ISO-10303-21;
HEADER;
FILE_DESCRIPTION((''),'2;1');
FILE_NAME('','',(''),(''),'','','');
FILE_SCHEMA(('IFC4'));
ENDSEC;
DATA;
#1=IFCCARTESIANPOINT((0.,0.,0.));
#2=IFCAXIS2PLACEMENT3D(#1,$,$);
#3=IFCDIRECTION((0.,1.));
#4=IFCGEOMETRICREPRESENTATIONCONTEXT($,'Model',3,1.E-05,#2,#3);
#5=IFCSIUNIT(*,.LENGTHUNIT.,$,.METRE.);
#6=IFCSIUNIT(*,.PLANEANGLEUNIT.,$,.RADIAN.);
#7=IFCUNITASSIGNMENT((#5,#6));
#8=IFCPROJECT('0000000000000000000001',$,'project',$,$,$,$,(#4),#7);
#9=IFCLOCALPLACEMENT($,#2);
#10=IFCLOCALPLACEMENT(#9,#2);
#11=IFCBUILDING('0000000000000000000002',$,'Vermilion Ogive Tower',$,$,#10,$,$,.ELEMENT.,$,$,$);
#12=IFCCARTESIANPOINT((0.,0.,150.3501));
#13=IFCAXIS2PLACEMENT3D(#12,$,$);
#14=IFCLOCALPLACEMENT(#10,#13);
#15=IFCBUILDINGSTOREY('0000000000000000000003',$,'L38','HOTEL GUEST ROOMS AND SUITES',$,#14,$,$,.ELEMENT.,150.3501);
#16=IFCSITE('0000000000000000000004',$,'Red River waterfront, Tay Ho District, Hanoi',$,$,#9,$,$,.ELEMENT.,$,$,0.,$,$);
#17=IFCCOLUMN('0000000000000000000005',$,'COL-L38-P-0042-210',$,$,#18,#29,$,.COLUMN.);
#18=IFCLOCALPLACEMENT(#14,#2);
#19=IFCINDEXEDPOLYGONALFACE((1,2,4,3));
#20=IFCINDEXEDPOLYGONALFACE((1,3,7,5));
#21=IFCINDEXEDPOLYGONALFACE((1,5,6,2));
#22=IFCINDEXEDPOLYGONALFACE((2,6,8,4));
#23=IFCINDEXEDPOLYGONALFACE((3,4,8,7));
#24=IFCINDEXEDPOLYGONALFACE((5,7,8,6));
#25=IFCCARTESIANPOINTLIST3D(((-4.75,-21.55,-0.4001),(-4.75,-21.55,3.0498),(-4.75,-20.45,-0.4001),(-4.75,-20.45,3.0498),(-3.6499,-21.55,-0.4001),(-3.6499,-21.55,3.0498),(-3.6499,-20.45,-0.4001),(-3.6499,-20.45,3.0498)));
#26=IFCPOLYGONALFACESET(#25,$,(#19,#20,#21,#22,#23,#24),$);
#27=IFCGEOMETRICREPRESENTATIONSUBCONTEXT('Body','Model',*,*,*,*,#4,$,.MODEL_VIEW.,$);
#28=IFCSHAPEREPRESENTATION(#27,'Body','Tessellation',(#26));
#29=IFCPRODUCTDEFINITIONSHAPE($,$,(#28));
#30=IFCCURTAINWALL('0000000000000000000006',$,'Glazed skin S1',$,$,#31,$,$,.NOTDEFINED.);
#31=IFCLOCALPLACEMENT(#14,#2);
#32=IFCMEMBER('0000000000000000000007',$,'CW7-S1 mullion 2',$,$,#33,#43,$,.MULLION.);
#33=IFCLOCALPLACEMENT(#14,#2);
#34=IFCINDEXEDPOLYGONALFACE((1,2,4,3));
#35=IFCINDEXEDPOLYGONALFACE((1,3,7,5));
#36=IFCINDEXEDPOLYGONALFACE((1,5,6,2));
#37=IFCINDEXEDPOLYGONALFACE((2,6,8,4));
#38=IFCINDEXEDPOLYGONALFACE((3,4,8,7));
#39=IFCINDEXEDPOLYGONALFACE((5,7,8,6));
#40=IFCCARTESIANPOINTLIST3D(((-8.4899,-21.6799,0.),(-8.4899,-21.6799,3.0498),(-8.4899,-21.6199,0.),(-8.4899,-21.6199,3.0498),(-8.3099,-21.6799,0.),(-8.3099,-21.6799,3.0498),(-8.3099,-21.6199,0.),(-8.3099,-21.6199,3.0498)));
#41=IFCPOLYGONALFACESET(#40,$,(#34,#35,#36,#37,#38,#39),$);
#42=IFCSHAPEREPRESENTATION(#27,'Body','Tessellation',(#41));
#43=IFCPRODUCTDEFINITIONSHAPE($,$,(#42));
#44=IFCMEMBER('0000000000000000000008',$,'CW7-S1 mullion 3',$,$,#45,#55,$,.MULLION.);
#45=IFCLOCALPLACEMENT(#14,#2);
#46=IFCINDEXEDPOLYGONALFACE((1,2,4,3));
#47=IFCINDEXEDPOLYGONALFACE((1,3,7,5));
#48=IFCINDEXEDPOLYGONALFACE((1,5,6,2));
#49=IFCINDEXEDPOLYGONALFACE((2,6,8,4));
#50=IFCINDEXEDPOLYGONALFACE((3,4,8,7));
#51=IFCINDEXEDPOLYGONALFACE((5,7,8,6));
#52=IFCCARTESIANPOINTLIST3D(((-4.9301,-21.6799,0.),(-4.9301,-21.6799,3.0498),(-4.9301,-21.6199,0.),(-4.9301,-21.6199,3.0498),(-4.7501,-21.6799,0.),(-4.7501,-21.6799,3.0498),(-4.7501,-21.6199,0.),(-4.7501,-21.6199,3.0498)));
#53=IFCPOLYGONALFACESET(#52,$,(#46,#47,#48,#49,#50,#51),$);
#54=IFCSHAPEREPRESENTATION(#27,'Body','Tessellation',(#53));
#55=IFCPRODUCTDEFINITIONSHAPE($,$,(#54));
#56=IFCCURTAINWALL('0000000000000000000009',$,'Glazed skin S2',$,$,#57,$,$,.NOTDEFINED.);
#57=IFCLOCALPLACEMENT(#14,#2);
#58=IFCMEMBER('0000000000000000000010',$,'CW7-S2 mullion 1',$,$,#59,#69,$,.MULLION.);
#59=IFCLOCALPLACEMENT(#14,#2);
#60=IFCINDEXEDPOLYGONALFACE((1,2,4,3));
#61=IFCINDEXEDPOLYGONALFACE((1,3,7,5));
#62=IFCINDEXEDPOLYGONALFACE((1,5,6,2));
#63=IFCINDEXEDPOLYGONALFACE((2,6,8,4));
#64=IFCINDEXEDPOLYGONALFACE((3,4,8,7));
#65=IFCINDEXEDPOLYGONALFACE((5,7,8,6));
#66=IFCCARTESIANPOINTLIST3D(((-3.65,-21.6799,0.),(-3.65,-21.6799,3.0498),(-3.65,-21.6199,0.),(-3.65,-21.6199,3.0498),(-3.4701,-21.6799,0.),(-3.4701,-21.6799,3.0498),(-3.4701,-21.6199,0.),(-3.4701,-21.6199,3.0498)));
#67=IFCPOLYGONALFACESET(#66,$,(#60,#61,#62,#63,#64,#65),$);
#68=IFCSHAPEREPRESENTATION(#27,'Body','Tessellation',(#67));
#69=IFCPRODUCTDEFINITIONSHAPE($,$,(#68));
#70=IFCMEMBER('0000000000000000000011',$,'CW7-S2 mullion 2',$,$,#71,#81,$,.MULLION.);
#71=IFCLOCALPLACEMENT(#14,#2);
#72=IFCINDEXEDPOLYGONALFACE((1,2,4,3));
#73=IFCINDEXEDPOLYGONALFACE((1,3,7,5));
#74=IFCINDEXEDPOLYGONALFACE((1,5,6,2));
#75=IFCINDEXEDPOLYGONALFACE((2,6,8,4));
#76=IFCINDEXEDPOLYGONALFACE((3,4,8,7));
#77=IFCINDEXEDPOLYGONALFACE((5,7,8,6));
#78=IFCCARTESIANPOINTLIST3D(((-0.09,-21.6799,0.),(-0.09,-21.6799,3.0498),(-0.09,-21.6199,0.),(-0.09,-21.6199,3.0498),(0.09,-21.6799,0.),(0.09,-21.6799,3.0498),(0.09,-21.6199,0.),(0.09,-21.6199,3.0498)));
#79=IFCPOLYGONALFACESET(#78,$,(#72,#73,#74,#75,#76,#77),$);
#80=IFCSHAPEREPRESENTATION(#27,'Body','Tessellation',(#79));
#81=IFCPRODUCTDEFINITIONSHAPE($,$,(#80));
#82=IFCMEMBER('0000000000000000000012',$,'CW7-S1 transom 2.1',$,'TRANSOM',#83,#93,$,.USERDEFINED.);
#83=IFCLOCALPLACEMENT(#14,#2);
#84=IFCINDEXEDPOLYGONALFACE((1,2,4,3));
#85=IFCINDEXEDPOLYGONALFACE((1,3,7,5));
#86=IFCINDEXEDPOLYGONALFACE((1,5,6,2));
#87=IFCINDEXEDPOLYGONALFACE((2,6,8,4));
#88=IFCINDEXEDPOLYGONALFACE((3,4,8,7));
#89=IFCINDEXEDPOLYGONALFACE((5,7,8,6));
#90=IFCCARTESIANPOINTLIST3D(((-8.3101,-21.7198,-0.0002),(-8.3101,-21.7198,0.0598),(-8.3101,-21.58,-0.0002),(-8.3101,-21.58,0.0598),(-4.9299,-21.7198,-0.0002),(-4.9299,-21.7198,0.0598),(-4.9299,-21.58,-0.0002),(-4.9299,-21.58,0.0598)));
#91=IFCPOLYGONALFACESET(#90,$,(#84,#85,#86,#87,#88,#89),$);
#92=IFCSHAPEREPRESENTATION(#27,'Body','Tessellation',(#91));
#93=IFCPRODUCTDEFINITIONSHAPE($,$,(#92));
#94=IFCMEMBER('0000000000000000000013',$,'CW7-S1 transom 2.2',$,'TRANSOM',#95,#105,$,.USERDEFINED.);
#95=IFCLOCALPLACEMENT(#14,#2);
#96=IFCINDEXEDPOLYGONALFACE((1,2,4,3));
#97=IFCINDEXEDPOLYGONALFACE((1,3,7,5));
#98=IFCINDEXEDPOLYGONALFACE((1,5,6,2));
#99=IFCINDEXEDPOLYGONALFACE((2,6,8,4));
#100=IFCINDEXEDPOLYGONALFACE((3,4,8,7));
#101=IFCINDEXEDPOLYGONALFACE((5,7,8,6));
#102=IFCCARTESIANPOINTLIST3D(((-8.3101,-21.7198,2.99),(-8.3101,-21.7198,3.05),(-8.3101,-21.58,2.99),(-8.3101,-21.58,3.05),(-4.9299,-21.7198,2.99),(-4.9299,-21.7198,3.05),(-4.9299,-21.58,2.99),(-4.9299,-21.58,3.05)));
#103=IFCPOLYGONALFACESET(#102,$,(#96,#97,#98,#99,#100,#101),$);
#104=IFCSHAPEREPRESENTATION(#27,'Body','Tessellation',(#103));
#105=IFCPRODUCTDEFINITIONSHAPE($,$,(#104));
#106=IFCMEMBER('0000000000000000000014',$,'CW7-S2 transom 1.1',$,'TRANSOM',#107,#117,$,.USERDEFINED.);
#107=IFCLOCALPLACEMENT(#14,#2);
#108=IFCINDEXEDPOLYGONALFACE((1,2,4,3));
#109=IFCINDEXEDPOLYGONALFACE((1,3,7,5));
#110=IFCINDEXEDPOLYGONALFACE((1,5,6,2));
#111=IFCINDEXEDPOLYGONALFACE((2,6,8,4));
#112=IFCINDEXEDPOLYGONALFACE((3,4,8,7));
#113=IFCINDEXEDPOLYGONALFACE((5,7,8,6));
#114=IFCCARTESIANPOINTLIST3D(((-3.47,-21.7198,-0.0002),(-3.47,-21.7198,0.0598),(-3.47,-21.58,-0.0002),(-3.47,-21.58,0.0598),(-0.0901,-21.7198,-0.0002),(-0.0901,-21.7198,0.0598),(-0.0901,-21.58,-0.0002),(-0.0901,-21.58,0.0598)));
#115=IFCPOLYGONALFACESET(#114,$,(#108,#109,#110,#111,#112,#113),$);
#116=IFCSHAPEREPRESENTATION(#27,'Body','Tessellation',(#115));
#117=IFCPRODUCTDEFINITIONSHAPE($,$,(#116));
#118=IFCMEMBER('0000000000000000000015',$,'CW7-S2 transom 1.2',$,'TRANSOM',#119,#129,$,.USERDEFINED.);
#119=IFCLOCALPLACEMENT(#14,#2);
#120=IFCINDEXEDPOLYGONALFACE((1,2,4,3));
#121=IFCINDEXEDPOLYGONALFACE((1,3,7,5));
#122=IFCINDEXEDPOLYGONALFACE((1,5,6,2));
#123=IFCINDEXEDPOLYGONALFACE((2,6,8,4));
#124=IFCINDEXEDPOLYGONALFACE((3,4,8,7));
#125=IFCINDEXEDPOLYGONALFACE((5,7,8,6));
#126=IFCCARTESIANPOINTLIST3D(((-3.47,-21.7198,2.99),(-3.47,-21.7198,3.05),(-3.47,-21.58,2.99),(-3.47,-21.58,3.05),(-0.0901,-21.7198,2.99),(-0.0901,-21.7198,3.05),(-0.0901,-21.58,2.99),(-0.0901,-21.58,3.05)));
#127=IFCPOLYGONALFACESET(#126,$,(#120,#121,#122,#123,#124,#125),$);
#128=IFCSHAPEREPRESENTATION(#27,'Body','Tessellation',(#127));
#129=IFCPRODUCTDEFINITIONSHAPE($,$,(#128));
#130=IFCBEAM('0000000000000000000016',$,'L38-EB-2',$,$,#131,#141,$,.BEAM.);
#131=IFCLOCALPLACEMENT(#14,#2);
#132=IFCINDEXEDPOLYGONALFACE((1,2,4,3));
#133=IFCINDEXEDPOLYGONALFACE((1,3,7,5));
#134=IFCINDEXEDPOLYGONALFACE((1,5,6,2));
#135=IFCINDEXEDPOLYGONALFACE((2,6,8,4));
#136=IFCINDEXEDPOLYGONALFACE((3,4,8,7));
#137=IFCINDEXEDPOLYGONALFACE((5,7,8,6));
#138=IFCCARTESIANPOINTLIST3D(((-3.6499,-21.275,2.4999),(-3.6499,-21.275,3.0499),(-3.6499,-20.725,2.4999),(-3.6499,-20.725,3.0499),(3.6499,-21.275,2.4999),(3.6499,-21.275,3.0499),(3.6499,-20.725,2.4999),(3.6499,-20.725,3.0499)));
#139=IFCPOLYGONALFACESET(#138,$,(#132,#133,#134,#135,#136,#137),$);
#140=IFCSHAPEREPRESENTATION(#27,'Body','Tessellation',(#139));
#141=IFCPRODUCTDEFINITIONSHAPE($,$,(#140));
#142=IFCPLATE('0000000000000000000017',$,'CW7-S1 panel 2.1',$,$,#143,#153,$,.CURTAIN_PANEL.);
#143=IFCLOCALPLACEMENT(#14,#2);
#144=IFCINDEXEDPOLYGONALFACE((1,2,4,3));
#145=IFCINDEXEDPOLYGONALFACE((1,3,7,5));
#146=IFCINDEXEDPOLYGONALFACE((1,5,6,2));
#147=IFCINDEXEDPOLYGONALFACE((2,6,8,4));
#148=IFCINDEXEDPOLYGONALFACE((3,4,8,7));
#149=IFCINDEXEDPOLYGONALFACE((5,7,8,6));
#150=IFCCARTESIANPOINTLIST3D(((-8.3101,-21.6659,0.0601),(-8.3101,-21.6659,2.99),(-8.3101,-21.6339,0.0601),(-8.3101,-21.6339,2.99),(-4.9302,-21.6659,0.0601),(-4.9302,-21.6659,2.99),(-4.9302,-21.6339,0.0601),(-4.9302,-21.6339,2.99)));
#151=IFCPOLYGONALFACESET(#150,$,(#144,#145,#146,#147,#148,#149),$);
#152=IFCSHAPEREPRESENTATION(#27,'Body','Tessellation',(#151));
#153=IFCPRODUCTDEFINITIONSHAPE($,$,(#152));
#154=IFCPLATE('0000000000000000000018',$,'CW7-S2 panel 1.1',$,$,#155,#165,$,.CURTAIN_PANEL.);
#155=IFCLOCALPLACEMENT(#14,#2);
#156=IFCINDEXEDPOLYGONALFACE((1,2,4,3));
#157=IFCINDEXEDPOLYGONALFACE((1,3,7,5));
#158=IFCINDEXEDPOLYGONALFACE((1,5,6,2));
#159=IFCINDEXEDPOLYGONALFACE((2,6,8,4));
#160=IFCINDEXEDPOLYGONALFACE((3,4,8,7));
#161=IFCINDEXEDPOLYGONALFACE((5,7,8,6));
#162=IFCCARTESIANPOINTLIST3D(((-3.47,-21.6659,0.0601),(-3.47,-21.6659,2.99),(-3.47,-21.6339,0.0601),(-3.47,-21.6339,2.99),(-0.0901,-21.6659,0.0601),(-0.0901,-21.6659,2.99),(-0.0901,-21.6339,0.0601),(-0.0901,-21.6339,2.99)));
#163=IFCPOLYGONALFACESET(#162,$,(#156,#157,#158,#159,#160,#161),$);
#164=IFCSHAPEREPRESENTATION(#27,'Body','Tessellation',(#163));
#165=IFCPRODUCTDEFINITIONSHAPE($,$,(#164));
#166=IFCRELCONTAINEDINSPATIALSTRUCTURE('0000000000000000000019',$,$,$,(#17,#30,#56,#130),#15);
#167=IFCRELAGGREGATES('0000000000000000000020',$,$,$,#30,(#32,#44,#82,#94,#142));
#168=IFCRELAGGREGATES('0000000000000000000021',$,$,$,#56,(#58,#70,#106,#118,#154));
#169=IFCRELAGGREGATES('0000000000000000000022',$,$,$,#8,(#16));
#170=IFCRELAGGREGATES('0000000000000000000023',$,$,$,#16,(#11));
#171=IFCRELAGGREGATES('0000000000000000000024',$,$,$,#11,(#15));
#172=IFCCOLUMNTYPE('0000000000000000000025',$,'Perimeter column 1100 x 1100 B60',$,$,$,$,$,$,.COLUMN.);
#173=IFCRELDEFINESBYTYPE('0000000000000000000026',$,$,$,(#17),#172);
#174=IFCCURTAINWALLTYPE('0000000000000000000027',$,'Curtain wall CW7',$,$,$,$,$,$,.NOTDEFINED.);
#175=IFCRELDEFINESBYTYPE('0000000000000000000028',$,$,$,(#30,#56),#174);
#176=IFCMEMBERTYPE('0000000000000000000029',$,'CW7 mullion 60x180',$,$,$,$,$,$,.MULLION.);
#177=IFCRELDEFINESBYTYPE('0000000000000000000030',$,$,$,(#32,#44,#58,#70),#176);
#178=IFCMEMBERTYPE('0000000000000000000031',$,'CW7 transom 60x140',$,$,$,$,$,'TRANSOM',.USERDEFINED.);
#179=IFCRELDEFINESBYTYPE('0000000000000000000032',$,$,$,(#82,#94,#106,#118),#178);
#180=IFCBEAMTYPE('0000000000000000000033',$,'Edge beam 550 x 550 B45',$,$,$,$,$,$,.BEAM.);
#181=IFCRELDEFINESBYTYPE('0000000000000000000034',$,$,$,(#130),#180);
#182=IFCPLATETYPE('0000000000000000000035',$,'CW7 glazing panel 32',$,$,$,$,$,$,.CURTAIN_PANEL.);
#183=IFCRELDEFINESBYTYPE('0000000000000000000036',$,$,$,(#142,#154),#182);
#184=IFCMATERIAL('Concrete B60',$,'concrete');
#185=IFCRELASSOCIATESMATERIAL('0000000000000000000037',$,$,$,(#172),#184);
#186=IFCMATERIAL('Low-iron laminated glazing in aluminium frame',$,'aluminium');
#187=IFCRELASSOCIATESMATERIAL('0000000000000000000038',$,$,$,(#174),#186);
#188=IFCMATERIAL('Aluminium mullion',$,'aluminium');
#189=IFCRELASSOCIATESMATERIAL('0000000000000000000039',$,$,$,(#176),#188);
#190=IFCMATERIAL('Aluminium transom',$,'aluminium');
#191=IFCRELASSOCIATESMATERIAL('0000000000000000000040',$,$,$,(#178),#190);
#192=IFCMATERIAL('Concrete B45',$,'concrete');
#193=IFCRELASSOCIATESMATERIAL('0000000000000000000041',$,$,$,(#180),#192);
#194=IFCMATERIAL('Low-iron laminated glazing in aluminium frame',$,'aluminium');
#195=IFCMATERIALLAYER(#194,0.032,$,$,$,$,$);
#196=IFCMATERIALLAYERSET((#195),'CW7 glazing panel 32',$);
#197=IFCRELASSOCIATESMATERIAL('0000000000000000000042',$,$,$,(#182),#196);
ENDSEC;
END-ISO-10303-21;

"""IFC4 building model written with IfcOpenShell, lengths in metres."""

from ifc_helpers import new_model, si_unit, direction, frame, origin, origin_2d, place, context, subcontext, project, spatial, rectangle, extrude, material, layer, layer_set, material_profile, profile_set, type_object, element, aggregate, save


model = new_model("IFC4")

# Units and contexts
model_context = context("Model", 3, precision=1e-05, world=origin(), true_north=direction((0.0, 1.0)))
body_context = subcontext(model_context, "Body", "Model", "MODEL_VIEW")
ifc_project = project(units=[si_unit("LENGTHUNIT", "METRE"), si_unit("PLANEANGLEUNIT", "RADIAN")], contexts=[model_context])

# Site, building, storey
site_placement = place(None, origin())
site = spatial("IfcSite", under=ifc_project, at=site_placement, Name="Red River waterfront, Tay Ho District, Hanoi", CompositionType="ELEMENT", RefElevation=0.0)
building_placement = place(site_placement, origin())
building = spatial("IfcBuilding", under=site, at=building_placement, Name="Vermilion Ogive Tower", CompositionType="ELEMENT")
storey_placement = place(building_placement, frame((0.0, 0.0, 150.3501)))
storey = spatial("IfcBuildingStorey", under=building, at=storey_placement, Name="L38", Description="HOTEL GUEST ROOMS AND SUITES", CompositionType="ELEMENT", Elevation=150.3501)

# Column
ifc_material_1 = material(Name="Concrete B60", Category="concrete")
ifc_material_profile_1 = material_profile(ifc_material_1, rectangle(XDim=1.1001, YDim=1.1001, at=origin_2d()), Name="1100 x 1100")
ifc_profile_set_1 = profile_set([ifc_material_profile_1], Name="Concrete B60")
column_type = type_object("IfcColumnType", Name="Perimeter column 1100 x 1100 B60", PredefinedType="COLUMN", material=ifc_profile_set_1)
column_placement = place(storey_placement, frame((-4.2, -21.0, -0.4001), z_axis=(0.0, 0.0, 1.0), x_axis=(1.0, 0.0, 0.0)))
element("IfcColumn", 1, at=column_placement, inside=storey, type_object=column_type, Name="COL-L38-P-0042-210", PredefinedType="COLUMN", context=body_context, shape_type="SweptSolid", body=[
    extrude(rectangle(XDim=1.1001, YDim=1.1001, at=origin_2d()), origin(), (0.0, 0.0, 1.0), 3.45),
])

# Curtain walls, members
ifc_material_2 = material(Name="Low-iron laminated glazing in aluminium frame", Category="aluminium")
curtain_wall_type = type_object("IfcCurtainWallType", Name="Curtain wall CW7", PredefinedType="NOTDEFINED", material=ifc_material_2)
curtain_wall_1_placement = place(storey_placement, origin())
curtain_wall_1 = element("IfcCurtainWall", 2, at=curtain_wall_1_placement, inside=storey, type_object=curtain_wall_type, Name="Glazed skin S1", PredefinedType="NOTDEFINED")
ifc_material_3 = material(Name="Aluminium mullion", Category="aluminium")
ifc_material_profile_2 = material_profile(ifc_material_3, rectangle(XDim=0.0601, YDim=0.1799, at=origin_2d()), Name="AL 60x180")
ifc_profile_set_2 = profile_set([ifc_material_profile_2], Name="Aluminium mullion")
member_type_1 = type_object("IfcMemberType", Name="CW7 mullion 60x180", PredefinedType="MULLION", material=ifc_profile_set_2)
member_1_placement = place(storey_placement, frame((-8.3999, -21.6499, 0.0), z_axis=(0.0, 0.0, 1.0), x_axis=(0.0, 1.0, 0.0)))
member_1 = element("IfcMember", 3, at=member_1_placement, type_object=member_type_1, Name="CW7-S1 mullion 2", PredefinedType="MULLION", context=body_context, shape_type="SweptSolid", body=[
    extrude(rectangle(XDim=0.0601, YDim=0.1799, at=origin_2d()), origin(), (0.0, 0.0, 1.0), 3.0498),
])
member_2_placement = place(storey_placement, frame((-4.8401, -21.6499, 0.0), z_axis=(0.0, 0.0, 1.0), x_axis=(0.0, 1.0, 0.0)))
member_2 = element("IfcMember", 4, at=member_2_placement, type_object=member_type_1, Name="CW7-S1 mullion 3", PredefinedType="MULLION", context=body_context, shape_type="SweptSolid", body=[
    extrude(rectangle(XDim=0.0601, YDim=0.1799, at=origin_2d()), origin(), (0.0, 0.0, 1.0), 3.0498),
])
curtain_wall_2_placement = place(storey_placement, origin())
curtain_wall_2 = element("IfcCurtainWall", 5, at=curtain_wall_2_placement, inside=storey, type_object=curtain_wall_type, Name="Glazed skin S2", PredefinedType="NOTDEFINED")
member_3_placement = place(storey_placement, frame((-3.5601, -21.6499, 0.0), z_axis=(0.0, 0.0, 1.0), x_axis=(0.0, 1.0, 0.0)))
member_3 = element("IfcMember", 6, at=member_3_placement, type_object=member_type_1, Name="CW7-S2 mullion 1", PredefinedType="MULLION", context=body_context, shape_type="SweptSolid", body=[
    extrude(rectangle(XDim=0.0601, YDim=0.1799, at=origin_2d()), origin(), (0.0, 0.0, 1.0), 3.0498),
])
member_4_placement = place(storey_placement, frame((0.0, -21.6499, 0.0), z_axis=(0.0, 0.0, 1.0), x_axis=(0.0, 1.0, 0.0)))
member_4 = element("IfcMember", 7, at=member_4_placement, type_object=member_type_1, Name="CW7-S2 mullion 2", PredefinedType="MULLION", context=body_context, shape_type="SweptSolid", body=[
    extrude(rectangle(XDim=0.0601, YDim=0.1799, at=origin_2d()), origin(), (0.0, 0.0, 1.0), 3.0498),
])

# Members
ifc_material_4 = material(Name="Aluminium transom", Category="aluminium")
ifc_material_profile_3 = material_profile(ifc_material_4, rectangle(XDim=0.1399, YDim=0.0601, at=origin_2d()), Name="AL 60x140")
ifc_profile_set_3 = profile_set([ifc_material_profile_3], Name="Aluminium transom")
member_type_2 = type_object("IfcMemberType", Name="CW7 transom 60x140", ElementType="TRANSOM", PredefinedType="USERDEFINED", material=ifc_profile_set_3)
member_5_placement = place(storey_placement, frame((-8.3101, -21.6499, 0.0298), z_axis=(1.0, 0.0, 0.0), x_axis=(0.0, 1.0, 0.0)))
member_5 = element("IfcMember", 8, at=member_5_placement, type_object=member_type_2, Name="CW7-S1 transom 2.1", ObjectType="TRANSOM", PredefinedType="USERDEFINED", context=body_context, shape_type="SweptSolid", body=[
    extrude(rectangle(XDim=0.1399, YDim=0.0601, at=origin_2d()), origin(), (0.0, 0.0, 1.0), 3.3801),
])
member_6_placement = place(storey_placement, frame((-8.3101, -21.6499, 3.02), z_axis=(1.0, 0.0, 0.0), x_axis=(0.0, 1.0, 0.0)))
member_6 = element("IfcMember", 9, at=member_6_placement, type_object=member_type_2, Name="CW7-S1 transom 2.2", ObjectType="TRANSOM", PredefinedType="USERDEFINED", context=body_context, shape_type="SweptSolid", body=[
    extrude(rectangle(XDim=0.1399, YDim=0.0601, at=origin_2d()), origin(), (0.0, 0.0, 1.0), 3.3801),
])
member_7_placement = place(storey_placement, frame((-3.47, -21.6499, 0.0298), z_axis=(1.0, 0.0, 0.0), x_axis=(0.0, 1.0, 0.0)))
member_7 = element("IfcMember", 10, at=member_7_placement, type_object=member_type_2, Name="CW7-S2 transom 1.1", ObjectType="TRANSOM", PredefinedType="USERDEFINED", context=body_context, shape_type="SweptSolid", body=[
    extrude(rectangle(XDim=0.1399, YDim=0.0601, at=origin_2d()), origin(), (0.0, 0.0, 1.0), 3.3799),
])
member_8_placement = place(storey_placement, frame((-3.47, -21.6499, 3.02), z_axis=(1.0, 0.0, 0.0), x_axis=(0.0, 1.0, 0.0)))
member_8 = element("IfcMember", 11, at=member_8_placement, type_object=member_type_2, Name="CW7-S2 transom 1.2", ObjectType="TRANSOM", PredefinedType="USERDEFINED", context=body_context, shape_type="SweptSolid", body=[
    extrude(rectangle(XDim=0.1399, YDim=0.0601, at=origin_2d()), origin(), (0.0, 0.0, 1.0), 3.3799),
])

# Beam
ifc_material_5 = material(Name="Concrete B45", Category="concrete")
ifc_material_profile_4 = material_profile(ifc_material_5, rectangle(XDim=0.55, YDim=0.55, at=origin_2d()), Name="550 x 550")
ifc_profile_set_4 = profile_set([ifc_material_profile_4], Name="Concrete B45")
beam_type = type_object("IfcBeamType", Name="Edge beam 550 x 550 B45", PredefinedType="BEAM", material=ifc_profile_set_4)
beam_placement = place(storey_placement, frame((-3.6499, -21.0, 2.7749), z_axis=(1.0, 0.0, 0.0), x_axis=(0.0, 1.0, 0.0)))
element("IfcBeam", 12, at=beam_placement, inside=storey, type_object=beam_type, Name="L38-EB-2", PredefinedType="BEAM", context=body_context, shape_type="SweptSolid", body=[
    extrude(rectangle(XDim=0.55, YDim=0.55, at=origin_2d()), origin(), (0.0, 0.0, 1.0), 7.2998),
])

# Plates
ifc_material_6 = material(Name="Low-iron laminated glazing in aluminium frame", Category="aluminium")
ifc_layer_1 = layer(ifc_material_6, 0.032)
ifc_layer_set_1 = layer_set([ifc_layer_1], Name="CW7 glazing panel 32")
plate_type = type_object("IfcPlateType", Name="CW7 glazing panel 32", PredefinedType="CURTAIN_PANEL", material=ifc_layer_set_1)
plate_1_placement = place(storey_placement, frame((-6.6201, -21.6499, 0.0601), z_axis=(0.0, 0.0, 1.0), x_axis=(1.0, 0.0, 0.0)))
plate_1 = element("IfcPlate", 13, at=plate_1_placement, type_object=plate_type, Name="CW7-S1 panel 2.1", PredefinedType="CURTAIN_PANEL", context=body_context, shape_type="SweptSolid", body=[
    extrude(rectangle(XDim=3.3799, YDim=0.032, at=origin_2d()), origin(), (0.0, 0.0, 1.0), 2.9299),
])
aggregate(curtain_wall_1, [member_1, member_2, member_5, member_6, plate_1])
plate_2_placement = place(storey_placement, frame((-1.78, -21.6499, 0.0601), z_axis=(0.0, 0.0, 1.0), x_axis=(1.0, 0.0, 0.0)))
plate_2 = element("IfcPlate", 14, at=plate_2_placement, type_object=plate_type, Name="CW7-S2 panel 1.1", PredefinedType="CURTAIN_PANEL", context=body_context, shape_type="SweptSolid", body=[
    extrude(rectangle(XDim=3.3799, YDim=0.032, at=origin_2d()), origin(), (0.0, 0.0, 1.0), 2.9299),
])
aggregate(curtain_wall_2, [member_3, member_4, member_7, member_8, plate_2])

save(model, "model.ifc")
